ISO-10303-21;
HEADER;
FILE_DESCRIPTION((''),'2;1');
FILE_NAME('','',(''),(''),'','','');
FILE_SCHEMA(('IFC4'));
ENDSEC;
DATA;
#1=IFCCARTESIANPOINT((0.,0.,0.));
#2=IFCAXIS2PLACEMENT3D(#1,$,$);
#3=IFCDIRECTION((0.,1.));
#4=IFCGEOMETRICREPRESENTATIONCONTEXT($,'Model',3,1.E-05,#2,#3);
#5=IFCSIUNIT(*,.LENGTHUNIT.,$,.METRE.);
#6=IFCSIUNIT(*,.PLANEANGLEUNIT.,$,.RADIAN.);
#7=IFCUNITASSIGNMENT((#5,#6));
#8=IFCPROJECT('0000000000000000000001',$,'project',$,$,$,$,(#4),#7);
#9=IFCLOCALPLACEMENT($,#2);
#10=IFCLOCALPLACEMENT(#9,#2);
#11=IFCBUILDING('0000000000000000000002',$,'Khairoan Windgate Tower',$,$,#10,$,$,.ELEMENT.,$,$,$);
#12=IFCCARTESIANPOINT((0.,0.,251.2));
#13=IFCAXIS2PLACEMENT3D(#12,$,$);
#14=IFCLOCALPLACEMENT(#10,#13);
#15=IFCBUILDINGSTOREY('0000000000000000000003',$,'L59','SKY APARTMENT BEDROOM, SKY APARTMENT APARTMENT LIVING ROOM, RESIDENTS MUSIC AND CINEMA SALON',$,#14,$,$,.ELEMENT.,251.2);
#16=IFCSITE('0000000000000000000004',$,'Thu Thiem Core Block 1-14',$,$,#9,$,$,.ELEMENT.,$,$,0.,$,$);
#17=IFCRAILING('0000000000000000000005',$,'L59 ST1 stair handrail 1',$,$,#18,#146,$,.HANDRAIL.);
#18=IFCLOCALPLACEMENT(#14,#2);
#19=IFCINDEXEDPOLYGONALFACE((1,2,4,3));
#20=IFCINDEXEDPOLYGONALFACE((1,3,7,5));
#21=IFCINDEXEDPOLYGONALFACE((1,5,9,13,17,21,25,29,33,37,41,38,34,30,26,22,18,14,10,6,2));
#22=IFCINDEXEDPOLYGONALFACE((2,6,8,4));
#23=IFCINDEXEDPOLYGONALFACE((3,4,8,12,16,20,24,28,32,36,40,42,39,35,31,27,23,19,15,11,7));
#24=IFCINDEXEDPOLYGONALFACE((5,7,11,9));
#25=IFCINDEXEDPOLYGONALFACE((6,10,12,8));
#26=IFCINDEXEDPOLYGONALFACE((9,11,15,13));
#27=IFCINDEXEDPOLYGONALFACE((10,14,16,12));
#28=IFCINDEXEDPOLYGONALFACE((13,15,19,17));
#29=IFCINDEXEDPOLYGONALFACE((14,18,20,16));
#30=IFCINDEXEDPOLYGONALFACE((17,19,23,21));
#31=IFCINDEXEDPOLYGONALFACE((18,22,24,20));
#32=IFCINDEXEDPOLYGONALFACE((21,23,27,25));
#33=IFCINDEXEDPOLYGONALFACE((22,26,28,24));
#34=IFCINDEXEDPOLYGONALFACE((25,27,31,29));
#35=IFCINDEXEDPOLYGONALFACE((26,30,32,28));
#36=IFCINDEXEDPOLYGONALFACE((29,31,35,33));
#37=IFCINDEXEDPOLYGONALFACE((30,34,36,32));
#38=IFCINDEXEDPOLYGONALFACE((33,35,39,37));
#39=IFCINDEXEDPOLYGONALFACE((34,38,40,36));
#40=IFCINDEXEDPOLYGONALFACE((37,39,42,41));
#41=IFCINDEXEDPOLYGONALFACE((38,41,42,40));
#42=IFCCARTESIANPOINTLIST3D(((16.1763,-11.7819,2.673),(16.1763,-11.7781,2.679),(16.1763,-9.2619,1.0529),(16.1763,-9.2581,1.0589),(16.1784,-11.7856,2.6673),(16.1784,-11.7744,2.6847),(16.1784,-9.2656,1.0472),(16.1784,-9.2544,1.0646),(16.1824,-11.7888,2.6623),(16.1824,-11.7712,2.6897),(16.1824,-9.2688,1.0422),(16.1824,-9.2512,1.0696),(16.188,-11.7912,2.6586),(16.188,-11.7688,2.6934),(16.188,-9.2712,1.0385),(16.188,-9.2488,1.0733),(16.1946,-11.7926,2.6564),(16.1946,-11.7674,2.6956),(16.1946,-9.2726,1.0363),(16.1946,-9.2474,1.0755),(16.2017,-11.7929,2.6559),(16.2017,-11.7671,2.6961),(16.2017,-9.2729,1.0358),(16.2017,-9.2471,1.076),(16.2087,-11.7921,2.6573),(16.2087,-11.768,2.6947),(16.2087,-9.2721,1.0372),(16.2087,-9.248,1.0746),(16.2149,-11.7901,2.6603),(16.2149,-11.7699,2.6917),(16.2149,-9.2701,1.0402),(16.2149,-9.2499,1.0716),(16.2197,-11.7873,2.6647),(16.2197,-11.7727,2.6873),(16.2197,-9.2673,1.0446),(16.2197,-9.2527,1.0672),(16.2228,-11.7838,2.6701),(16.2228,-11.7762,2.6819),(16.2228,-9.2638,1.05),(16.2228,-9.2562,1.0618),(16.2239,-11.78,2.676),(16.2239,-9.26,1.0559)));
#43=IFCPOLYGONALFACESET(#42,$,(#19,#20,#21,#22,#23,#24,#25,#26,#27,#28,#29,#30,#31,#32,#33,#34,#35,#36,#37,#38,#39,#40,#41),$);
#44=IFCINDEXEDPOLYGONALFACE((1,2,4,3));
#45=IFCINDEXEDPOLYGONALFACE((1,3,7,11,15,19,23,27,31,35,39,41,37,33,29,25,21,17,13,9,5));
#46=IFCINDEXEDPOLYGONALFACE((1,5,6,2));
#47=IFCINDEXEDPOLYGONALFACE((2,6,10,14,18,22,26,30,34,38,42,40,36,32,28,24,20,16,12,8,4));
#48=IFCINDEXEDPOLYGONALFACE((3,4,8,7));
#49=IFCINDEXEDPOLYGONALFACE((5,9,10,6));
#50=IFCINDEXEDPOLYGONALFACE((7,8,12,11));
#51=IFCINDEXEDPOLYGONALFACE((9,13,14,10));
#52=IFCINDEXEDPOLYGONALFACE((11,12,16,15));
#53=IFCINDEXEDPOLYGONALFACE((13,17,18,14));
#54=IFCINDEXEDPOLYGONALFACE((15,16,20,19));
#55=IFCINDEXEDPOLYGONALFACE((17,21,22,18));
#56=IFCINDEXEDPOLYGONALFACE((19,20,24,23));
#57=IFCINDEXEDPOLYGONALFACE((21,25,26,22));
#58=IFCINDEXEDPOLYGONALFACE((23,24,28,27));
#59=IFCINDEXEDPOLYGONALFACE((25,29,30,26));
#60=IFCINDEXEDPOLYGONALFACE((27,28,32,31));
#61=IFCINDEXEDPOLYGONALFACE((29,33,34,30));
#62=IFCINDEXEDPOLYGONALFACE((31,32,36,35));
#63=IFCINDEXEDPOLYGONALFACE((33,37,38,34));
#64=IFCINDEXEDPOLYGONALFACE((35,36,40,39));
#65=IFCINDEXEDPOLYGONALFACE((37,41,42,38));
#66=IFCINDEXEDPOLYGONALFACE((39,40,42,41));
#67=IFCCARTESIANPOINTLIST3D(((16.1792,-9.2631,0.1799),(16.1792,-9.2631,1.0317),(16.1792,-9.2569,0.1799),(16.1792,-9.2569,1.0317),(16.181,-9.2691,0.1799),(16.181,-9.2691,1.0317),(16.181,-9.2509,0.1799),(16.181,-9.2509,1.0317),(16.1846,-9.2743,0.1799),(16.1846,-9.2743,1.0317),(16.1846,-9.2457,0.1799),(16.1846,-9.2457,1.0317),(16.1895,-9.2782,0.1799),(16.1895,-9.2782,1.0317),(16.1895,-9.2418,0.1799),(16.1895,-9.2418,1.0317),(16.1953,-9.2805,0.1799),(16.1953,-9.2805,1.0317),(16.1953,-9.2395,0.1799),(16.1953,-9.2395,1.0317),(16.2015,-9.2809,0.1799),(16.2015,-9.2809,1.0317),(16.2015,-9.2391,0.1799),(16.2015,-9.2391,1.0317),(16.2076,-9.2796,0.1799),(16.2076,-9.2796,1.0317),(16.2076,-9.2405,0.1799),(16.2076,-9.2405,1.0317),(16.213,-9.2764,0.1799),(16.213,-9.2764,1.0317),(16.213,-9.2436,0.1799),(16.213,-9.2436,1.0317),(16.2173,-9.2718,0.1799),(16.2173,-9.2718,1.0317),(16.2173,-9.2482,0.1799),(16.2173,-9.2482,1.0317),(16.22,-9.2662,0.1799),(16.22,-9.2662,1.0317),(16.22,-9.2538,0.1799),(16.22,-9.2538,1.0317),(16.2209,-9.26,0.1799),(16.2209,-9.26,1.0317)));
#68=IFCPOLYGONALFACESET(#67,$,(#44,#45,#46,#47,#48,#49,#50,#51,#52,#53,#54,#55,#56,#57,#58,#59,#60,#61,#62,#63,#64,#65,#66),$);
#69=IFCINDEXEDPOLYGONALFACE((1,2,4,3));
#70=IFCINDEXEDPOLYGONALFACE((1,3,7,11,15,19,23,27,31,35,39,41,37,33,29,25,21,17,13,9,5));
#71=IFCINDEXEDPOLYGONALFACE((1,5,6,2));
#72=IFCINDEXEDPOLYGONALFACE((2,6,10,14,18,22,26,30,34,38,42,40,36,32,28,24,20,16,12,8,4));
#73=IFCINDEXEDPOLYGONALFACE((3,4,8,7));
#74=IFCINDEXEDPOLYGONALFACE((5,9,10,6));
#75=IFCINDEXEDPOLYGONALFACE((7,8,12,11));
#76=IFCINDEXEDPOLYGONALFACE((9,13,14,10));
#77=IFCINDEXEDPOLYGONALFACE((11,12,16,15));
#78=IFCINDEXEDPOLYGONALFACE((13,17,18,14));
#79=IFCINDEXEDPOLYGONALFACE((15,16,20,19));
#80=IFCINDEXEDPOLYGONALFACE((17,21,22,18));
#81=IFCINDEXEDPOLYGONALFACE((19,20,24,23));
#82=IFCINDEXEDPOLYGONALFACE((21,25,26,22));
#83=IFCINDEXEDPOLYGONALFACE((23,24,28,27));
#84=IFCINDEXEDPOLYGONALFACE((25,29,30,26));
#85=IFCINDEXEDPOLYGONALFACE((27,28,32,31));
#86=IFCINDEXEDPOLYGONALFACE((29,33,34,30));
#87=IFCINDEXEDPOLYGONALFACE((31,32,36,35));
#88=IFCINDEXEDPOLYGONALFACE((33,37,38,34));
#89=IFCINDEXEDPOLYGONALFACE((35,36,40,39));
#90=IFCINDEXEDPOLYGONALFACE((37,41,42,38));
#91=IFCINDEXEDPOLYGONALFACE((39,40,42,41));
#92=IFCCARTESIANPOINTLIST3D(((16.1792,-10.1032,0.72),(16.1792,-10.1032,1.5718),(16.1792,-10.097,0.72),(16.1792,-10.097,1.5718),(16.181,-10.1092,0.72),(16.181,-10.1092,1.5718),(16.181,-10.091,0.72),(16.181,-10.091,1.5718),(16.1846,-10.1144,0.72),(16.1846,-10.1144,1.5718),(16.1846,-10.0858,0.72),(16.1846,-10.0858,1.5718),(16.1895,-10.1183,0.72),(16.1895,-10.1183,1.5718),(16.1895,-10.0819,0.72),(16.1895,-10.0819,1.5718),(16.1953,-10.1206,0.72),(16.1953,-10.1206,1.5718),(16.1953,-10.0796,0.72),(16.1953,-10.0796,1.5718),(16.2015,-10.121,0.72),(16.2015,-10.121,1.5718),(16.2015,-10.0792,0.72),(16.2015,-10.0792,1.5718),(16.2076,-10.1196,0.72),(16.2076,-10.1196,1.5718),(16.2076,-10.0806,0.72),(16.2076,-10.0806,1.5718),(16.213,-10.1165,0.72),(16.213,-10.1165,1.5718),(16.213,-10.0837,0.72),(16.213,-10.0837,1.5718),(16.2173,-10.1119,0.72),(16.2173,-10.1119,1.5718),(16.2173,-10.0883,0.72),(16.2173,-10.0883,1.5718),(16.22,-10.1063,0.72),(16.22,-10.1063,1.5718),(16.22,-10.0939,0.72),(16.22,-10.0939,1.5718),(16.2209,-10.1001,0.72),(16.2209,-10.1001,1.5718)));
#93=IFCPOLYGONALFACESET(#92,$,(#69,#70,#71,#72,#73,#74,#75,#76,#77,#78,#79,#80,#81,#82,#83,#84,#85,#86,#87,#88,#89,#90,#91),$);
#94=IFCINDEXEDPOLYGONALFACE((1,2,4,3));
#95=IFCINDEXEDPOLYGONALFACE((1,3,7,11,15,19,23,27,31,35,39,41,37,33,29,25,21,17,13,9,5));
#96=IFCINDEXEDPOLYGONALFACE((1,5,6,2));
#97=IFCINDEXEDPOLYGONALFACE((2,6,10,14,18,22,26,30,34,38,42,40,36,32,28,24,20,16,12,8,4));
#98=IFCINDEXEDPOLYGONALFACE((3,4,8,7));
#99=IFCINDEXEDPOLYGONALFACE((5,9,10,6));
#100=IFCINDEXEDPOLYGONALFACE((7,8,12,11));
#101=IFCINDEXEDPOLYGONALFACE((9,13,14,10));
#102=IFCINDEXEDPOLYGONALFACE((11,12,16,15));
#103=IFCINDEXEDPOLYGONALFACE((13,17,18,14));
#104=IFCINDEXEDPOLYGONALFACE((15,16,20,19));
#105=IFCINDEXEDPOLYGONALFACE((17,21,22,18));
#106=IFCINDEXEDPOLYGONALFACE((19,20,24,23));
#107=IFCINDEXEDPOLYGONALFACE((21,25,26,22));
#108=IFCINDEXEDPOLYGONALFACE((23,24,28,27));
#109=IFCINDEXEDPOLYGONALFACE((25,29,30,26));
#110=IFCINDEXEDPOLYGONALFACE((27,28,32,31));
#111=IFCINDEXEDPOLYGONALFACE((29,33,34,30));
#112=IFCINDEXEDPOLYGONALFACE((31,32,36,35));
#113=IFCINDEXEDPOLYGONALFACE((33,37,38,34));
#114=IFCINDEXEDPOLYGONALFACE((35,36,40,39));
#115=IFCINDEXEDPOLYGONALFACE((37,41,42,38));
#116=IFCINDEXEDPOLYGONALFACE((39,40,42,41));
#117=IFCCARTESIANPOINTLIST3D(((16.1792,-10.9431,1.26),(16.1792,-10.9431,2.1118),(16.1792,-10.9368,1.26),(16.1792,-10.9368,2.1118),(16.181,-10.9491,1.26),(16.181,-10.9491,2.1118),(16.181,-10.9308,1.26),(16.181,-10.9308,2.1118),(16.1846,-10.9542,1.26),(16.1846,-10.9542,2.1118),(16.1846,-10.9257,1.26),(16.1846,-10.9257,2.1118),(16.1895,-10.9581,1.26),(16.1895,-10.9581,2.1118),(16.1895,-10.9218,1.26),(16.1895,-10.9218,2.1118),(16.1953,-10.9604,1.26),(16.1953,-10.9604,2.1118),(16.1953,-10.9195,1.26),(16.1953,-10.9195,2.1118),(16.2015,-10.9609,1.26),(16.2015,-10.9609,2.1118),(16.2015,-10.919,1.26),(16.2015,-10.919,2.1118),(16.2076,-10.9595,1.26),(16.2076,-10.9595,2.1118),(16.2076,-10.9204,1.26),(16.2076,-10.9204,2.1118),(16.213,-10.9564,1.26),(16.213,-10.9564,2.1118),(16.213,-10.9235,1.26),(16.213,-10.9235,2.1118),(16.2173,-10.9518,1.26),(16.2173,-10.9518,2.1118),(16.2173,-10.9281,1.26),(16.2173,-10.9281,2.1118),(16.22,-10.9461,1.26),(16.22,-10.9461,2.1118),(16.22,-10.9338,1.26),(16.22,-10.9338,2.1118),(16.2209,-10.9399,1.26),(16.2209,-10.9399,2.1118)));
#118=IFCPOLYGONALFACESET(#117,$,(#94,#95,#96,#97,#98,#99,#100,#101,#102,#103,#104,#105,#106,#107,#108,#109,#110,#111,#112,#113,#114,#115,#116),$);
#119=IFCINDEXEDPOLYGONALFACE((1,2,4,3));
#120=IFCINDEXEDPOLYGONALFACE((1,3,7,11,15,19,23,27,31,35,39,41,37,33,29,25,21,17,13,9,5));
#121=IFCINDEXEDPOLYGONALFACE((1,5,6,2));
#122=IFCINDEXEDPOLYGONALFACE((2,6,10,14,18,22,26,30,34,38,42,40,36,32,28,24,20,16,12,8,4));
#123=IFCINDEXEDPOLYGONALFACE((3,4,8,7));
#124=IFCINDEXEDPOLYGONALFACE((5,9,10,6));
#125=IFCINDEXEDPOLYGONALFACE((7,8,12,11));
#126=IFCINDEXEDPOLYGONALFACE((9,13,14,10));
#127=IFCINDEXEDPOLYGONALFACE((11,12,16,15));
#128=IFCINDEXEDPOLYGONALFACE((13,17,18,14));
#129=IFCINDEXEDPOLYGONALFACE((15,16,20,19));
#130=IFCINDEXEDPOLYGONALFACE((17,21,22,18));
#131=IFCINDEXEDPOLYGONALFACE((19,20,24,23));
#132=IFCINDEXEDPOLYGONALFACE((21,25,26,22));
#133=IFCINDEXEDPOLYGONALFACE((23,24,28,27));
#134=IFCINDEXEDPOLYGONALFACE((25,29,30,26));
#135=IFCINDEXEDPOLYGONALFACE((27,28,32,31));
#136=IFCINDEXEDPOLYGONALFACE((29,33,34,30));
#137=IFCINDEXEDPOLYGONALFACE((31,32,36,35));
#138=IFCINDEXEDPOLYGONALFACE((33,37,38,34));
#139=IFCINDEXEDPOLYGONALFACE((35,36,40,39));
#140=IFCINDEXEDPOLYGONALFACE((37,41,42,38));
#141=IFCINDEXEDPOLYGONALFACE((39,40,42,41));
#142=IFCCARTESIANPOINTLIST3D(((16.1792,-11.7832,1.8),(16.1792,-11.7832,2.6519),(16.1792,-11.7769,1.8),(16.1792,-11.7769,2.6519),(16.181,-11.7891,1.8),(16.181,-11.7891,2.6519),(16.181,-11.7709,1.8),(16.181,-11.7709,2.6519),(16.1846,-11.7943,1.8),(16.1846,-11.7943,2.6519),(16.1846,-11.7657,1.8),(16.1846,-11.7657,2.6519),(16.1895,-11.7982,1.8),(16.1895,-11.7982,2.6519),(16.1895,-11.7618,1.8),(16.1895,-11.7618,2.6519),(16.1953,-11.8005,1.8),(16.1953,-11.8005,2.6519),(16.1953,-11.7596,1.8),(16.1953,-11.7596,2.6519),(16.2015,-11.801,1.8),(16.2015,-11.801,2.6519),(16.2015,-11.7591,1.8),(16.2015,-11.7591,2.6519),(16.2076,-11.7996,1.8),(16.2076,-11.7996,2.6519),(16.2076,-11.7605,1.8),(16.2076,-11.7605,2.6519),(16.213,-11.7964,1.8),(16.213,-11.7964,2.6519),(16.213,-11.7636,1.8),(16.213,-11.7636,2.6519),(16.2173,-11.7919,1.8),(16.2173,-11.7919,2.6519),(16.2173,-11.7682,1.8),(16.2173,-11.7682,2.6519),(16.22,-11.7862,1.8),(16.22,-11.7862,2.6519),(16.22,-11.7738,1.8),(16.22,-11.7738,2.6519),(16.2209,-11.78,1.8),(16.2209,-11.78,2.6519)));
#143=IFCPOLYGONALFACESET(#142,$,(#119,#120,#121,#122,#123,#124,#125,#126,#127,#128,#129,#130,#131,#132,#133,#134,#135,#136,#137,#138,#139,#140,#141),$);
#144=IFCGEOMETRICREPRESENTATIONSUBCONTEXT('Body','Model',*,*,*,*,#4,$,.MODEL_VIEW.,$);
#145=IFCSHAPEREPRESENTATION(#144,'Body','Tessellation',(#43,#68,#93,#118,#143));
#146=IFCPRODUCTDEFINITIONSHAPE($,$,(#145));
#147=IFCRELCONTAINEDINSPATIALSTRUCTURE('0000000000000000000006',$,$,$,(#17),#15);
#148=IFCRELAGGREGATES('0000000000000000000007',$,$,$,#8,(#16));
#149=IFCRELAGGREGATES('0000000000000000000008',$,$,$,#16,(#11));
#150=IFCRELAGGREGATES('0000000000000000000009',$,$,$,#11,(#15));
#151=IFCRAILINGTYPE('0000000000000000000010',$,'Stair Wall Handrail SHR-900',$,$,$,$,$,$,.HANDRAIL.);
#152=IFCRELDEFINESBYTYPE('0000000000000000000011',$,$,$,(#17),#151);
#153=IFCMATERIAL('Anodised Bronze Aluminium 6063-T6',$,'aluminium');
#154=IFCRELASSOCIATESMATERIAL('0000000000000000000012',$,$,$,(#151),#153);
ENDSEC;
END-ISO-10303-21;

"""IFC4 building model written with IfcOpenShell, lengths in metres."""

from ifc_helpers import new_model, si_unit, direction, frame, origin, origin_2d, place, context, subcontext, project, spatial, circle, extrude, material, type_object, element, save


model = new_model("IFC4")

# Units and contexts
model_context = context("Model", 3, precision=1e-05, world=origin(), true_north=direction((0.0, 1.0)))
body_context = subcontext(model_context, "Body", "Model", "MODEL_VIEW")
ifc_project = project(units=[si_unit("LENGTHUNIT", "METRE"), si_unit("PLANEANGLEUNIT", "RADIAN")], contexts=[model_context])

# Site, building, storey
site_placement = place(None, origin())
site = spatial("IfcSite", under=ifc_project, at=site_placement, Name="Thu Thiem Core Block 1-14", CompositionType="ELEMENT", RefElevation=0.0)
building_placement = place(site_placement, origin())
building = spatial("IfcBuilding", under=site, at=building_placement, Name="Khairoan Windgate Tower", CompositionType="ELEMENT")
storey_placement = place(building_placement, frame((0.0, 0.0, 251.2)))
storey = spatial("IfcBuildingStorey", under=building, at=storey_placement, Name="L59", Description="SKY APARTMENT BEDROOM, SKY APARTMENT APARTMENT LIVING ROOM, RESIDENTS MUSIC AND CINEMA SALON", CompositionType="ELEMENT", Elevation=251.2)

# Railing
ifc_material_1 = material(Name="Anodised Bronze Aluminium 6063-T6", Category="aluminium")
railing_type_1 = type_object("IfcRailingType", Name="Stair Wall Handrail SHR-900", PredefinedType="HANDRAIL", material=ifc_material_1)
railing_1_placement = place(storey_placement, frame((16.2, -9.26, 0.1799)))
element("IfcRailing", 1, at=railing_1_placement, inside=storey, type_object=railing_type_1, Name="L59 ST1 stair handrail 1", PredefinedType="HANDRAIL", context=body_context, shape_type="SweptSolid", body=[
    extrude(circle(Radius=0.0239, at=origin_2d()), frame((0.0, 0.0, 0.876), z_axis=(0.0, -0.841163, 0.540782), x_axis=(1.0, 0.0, 0.0)), (0.0, 0.0, 1.0), 2.9958),
    extrude(circle(Radius=0.021, at=origin_2d()), origin(), (0.0, 0.0, 1.0), 0.8518),
    extrude(circle(Radius=0.021, at=origin_2d()), frame((0.0, -0.8401, 0.54)), (0.0, 0.0, 1.0), 0.8518),
    extrude(circle(Radius=0.021, at=origin_2d()), frame((0.0, -1.6799, 1.0801)), (0.0, 0.0, 1.0), 0.8518),
    extrude(circle(Radius=0.021, at=origin_2d()), frame((0.0, -2.52, 1.6201)), (0.0, 0.0, 1.0), 0.8518),
])

save(model, "model.ifc")
